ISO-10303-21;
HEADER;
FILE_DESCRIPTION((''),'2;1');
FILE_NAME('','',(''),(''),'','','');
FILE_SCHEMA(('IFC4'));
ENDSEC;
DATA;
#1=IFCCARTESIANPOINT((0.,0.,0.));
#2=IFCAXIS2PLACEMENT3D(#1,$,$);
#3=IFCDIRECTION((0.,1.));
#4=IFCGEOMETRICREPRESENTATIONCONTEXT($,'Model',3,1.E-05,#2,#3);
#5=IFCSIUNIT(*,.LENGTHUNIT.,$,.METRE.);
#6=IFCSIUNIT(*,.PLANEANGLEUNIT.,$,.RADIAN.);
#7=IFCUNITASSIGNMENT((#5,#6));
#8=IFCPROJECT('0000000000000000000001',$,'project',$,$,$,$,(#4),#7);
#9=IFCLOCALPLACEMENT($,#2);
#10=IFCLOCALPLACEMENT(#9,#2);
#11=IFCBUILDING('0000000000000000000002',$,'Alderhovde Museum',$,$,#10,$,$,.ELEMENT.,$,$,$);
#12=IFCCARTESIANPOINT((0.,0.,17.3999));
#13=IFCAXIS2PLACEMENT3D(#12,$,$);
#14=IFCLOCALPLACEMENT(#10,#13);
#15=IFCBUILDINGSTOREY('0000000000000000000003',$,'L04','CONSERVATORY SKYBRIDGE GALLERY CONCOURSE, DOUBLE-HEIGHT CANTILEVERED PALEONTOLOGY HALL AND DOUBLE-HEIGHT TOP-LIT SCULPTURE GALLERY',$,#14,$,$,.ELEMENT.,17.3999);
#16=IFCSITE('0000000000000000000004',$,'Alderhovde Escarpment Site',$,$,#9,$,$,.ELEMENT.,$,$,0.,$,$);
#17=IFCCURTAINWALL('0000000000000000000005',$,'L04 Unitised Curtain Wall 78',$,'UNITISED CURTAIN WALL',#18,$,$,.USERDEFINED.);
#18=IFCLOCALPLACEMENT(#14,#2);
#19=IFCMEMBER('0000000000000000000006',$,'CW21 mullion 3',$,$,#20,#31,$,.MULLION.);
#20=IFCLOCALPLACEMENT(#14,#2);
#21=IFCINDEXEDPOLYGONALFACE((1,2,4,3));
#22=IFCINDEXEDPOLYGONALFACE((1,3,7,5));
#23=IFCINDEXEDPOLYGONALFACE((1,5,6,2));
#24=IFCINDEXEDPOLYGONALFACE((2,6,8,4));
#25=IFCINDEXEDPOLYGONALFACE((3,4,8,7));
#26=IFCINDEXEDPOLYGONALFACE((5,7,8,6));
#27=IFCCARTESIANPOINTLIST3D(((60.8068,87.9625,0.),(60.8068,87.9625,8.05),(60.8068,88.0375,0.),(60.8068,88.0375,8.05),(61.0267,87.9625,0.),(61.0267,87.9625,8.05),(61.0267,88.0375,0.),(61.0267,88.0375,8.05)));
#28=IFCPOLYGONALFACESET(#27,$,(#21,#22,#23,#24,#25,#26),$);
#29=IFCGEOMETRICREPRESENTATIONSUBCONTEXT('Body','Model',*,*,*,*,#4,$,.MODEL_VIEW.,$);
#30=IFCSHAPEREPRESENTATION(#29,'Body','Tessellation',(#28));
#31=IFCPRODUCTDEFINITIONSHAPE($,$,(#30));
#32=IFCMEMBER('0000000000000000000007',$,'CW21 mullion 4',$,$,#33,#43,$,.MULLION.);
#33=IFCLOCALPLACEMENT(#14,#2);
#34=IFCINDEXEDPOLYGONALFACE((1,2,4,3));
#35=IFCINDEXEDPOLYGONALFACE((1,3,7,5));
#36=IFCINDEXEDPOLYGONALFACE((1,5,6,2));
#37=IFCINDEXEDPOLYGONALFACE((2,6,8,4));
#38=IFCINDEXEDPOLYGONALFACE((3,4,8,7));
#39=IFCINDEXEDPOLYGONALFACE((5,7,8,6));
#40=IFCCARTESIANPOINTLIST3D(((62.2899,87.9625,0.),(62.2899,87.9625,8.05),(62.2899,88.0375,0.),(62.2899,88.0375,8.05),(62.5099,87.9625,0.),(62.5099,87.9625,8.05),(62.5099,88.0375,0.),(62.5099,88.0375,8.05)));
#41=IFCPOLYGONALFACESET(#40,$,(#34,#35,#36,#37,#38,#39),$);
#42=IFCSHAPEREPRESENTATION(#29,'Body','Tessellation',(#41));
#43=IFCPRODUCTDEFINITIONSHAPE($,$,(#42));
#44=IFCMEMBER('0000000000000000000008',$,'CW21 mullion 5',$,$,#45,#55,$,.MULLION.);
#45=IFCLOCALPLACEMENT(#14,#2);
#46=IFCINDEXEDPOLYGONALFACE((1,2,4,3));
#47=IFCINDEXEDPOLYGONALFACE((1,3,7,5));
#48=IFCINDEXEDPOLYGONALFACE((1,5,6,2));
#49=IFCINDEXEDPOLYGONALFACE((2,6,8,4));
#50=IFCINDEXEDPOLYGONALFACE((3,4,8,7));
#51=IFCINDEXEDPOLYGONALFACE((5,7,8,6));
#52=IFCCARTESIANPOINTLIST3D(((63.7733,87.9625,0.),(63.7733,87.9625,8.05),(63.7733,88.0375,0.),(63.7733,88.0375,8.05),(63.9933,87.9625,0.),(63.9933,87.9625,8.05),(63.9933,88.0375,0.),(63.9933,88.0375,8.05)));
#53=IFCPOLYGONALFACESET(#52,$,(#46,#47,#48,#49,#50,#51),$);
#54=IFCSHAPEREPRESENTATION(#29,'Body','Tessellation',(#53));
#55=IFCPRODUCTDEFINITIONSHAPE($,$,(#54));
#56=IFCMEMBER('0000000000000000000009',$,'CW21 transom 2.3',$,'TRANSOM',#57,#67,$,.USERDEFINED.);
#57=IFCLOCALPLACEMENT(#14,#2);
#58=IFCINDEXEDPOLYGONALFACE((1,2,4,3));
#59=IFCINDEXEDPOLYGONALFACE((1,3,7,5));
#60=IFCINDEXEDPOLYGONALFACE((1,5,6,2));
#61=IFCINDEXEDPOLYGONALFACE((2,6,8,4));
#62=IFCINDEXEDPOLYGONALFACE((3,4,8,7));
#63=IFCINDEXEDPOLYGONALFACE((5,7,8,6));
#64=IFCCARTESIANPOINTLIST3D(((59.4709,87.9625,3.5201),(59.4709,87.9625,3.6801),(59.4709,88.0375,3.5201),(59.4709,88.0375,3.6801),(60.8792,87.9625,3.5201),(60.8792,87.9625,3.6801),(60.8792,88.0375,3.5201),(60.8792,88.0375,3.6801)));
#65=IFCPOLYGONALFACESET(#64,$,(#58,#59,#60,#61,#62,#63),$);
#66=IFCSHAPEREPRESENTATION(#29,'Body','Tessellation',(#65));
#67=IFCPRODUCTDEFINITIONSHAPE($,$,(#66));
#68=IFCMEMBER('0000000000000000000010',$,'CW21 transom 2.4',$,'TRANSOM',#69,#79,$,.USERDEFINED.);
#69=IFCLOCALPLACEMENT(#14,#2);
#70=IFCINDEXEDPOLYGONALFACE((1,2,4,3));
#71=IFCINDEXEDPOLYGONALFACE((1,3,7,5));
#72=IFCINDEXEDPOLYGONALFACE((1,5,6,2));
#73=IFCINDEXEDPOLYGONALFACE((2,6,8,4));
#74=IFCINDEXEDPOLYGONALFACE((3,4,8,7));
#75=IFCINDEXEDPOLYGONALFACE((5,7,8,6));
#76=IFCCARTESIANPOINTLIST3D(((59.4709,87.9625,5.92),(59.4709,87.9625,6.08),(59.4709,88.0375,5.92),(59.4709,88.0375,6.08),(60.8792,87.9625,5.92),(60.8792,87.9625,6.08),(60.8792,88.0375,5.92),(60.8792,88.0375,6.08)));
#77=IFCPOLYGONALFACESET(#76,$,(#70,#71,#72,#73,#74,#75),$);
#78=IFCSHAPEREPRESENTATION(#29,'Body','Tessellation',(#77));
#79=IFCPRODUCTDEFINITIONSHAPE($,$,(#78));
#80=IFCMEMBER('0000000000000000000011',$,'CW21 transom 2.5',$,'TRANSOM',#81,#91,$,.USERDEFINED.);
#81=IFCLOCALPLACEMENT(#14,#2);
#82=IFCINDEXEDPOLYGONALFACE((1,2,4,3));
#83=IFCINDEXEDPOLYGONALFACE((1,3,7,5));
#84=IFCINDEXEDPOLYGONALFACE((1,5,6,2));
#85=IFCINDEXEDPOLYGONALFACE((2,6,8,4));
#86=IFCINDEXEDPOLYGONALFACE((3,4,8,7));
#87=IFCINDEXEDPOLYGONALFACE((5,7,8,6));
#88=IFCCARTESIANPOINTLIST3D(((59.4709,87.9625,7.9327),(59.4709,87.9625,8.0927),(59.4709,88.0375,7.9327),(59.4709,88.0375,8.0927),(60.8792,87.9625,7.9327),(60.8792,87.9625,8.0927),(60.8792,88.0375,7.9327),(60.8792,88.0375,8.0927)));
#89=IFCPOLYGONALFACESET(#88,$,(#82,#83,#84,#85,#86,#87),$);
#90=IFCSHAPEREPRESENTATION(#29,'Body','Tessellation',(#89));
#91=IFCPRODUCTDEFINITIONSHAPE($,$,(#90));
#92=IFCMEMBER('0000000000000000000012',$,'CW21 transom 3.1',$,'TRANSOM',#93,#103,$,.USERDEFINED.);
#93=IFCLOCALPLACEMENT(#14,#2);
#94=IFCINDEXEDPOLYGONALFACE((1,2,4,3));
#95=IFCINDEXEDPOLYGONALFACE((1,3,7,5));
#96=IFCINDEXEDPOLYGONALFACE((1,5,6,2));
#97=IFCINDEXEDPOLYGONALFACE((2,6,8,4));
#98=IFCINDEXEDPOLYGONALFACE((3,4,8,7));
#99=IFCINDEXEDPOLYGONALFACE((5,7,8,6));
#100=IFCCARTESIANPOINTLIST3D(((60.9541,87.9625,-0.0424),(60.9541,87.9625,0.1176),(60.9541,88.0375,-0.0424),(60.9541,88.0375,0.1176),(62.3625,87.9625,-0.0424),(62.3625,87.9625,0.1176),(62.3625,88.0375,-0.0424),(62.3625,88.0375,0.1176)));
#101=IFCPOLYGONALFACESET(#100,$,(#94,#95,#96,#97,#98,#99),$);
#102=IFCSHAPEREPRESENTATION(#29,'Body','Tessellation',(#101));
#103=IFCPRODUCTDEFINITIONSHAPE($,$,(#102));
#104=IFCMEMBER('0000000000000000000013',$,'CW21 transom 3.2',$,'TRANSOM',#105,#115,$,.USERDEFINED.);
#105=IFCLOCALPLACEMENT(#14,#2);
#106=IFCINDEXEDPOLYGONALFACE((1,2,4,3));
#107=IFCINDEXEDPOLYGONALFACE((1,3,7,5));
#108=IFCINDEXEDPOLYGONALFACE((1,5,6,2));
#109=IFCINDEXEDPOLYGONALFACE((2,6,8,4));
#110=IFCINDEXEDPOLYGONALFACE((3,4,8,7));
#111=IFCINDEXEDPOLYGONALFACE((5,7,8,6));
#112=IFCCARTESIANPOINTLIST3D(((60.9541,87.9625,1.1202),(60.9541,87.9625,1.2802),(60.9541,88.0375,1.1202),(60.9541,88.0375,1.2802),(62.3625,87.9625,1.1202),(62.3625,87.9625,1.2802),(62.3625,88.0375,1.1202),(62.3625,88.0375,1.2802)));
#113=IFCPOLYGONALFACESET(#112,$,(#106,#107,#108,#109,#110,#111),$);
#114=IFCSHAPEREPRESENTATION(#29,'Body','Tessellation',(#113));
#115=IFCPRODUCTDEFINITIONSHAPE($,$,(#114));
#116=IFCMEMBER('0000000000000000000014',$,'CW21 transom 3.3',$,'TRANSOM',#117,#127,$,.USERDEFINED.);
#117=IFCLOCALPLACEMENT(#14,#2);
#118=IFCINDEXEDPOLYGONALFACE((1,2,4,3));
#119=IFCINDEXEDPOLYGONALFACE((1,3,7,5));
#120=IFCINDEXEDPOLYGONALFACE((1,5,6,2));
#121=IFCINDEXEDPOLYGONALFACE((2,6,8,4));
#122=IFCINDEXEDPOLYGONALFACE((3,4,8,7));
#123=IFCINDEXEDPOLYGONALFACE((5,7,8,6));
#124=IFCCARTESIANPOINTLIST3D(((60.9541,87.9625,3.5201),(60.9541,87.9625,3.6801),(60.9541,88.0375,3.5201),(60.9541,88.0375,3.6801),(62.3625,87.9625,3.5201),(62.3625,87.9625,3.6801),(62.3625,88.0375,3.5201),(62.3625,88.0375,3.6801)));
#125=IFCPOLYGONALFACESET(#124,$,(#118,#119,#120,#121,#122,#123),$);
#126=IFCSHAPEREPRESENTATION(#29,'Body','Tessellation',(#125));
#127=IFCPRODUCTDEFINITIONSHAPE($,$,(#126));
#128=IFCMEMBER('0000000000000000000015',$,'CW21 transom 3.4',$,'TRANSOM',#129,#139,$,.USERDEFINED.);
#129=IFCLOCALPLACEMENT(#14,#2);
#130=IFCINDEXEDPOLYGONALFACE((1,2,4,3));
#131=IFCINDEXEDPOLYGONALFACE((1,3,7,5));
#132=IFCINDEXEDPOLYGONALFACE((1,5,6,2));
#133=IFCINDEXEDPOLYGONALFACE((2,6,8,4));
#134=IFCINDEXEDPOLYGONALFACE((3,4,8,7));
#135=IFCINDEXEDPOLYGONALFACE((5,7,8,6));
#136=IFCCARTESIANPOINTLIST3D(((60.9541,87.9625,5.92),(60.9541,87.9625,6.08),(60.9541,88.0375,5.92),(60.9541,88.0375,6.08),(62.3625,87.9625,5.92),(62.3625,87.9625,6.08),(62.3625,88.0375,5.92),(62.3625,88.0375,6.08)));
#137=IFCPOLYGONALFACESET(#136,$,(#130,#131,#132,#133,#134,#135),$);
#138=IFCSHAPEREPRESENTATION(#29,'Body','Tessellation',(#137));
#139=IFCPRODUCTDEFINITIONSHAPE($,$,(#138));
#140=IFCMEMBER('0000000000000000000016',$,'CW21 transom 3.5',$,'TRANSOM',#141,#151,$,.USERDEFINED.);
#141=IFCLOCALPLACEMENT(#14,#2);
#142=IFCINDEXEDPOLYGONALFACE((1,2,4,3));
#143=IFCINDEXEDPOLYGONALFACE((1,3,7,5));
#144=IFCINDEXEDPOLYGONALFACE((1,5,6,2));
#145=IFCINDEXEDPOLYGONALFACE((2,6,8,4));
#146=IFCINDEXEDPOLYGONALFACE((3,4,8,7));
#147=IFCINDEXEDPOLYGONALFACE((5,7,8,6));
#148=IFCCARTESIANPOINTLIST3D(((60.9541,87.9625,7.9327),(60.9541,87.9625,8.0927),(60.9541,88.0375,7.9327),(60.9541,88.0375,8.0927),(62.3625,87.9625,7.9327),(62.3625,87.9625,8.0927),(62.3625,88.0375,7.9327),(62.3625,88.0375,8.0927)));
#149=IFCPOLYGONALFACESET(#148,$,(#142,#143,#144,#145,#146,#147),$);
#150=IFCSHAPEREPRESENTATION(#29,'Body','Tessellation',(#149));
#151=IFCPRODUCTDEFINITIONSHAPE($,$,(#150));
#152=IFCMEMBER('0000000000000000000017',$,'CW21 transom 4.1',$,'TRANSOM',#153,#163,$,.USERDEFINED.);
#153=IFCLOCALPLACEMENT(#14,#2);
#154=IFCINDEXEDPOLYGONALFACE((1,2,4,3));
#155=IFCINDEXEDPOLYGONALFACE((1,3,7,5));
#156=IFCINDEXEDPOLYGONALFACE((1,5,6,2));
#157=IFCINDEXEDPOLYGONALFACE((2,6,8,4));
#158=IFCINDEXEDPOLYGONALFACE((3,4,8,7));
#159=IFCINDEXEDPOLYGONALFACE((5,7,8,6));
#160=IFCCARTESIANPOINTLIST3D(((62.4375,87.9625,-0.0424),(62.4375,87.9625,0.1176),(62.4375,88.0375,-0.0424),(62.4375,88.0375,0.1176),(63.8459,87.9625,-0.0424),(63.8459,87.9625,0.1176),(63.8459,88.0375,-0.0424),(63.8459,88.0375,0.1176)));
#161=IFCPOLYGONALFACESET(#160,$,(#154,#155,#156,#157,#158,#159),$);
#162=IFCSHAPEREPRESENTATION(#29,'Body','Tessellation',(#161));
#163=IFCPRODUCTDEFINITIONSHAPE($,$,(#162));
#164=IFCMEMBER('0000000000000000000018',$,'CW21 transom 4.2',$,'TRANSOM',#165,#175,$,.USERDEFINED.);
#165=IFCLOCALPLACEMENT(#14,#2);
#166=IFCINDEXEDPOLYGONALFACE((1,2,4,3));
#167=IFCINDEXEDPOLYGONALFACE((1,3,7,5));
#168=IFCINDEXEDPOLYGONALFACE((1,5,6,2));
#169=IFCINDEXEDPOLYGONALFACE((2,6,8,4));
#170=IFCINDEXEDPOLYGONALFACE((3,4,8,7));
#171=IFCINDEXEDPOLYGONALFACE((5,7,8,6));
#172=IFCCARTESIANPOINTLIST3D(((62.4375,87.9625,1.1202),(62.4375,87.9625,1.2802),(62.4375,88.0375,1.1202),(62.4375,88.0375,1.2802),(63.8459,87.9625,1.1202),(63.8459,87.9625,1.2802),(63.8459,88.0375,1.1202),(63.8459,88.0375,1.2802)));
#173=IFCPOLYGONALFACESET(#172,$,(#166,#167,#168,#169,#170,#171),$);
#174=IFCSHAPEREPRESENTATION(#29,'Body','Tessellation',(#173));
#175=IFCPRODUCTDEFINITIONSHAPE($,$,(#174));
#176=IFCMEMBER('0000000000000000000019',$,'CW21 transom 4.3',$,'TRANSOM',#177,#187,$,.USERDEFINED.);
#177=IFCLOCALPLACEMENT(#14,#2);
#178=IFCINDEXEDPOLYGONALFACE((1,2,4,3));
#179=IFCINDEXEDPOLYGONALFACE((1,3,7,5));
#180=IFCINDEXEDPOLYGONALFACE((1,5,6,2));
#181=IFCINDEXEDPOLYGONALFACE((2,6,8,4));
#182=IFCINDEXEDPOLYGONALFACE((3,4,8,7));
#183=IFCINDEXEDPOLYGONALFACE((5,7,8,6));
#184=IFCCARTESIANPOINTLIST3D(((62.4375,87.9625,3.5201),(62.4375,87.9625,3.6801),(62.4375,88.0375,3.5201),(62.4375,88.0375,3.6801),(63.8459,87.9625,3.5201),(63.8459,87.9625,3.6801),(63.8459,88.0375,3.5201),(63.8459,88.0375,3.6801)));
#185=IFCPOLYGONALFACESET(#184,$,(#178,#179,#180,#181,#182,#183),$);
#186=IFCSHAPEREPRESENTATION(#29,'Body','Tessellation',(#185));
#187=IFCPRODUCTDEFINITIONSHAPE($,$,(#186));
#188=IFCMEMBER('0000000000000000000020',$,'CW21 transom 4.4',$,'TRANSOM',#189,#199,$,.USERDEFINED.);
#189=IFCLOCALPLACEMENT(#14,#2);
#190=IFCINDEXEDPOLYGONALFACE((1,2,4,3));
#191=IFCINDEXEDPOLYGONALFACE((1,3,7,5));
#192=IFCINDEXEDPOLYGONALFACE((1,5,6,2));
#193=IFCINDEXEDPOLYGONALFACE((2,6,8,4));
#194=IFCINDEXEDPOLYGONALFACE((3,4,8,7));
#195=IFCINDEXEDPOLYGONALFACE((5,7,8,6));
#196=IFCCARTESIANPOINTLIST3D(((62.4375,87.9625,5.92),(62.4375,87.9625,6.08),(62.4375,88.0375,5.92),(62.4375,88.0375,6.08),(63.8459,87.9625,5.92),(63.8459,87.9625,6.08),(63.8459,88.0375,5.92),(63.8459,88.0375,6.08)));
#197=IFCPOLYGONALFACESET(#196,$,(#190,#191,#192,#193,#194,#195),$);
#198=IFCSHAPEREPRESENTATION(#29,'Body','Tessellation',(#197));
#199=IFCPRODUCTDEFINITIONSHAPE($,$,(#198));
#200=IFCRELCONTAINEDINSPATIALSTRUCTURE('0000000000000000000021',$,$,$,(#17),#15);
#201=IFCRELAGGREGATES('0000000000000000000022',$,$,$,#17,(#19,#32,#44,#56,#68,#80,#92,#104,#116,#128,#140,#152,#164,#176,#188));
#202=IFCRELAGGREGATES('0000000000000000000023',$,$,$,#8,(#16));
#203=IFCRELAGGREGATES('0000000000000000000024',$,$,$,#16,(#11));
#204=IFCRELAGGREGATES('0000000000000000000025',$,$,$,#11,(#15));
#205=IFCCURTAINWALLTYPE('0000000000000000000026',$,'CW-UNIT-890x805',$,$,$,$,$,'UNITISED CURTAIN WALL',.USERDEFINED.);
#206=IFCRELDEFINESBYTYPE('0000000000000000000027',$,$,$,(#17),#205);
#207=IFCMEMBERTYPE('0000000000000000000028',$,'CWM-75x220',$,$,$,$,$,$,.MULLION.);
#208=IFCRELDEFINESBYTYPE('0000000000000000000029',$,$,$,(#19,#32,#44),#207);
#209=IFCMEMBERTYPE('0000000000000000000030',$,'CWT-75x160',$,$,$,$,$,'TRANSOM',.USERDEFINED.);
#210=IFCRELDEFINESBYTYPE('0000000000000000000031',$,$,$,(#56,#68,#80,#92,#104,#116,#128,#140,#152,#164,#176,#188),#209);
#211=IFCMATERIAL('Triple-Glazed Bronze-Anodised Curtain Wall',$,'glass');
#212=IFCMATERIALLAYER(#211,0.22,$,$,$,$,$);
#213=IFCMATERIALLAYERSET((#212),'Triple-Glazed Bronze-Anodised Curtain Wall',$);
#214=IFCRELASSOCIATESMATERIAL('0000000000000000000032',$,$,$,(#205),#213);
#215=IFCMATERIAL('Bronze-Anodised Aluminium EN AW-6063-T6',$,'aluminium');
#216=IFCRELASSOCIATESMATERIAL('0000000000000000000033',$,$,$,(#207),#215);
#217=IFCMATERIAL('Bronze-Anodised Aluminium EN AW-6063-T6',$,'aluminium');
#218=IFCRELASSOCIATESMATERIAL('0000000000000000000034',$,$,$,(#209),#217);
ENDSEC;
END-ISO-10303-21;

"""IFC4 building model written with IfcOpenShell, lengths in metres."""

from ifc_helpers import new_model, si_unit, direction, frame, origin, origin_2d, place, context, subcontext, project, spatial, rectangle, extrude, material, layer, layer_set, material_profile, profile_set, type_object, element, aggregate, save


model = new_model("IFC4")

# Units and contexts
model_context = context("Model", 3, precision=1e-05, world=origin(), true_north=direction((0.0, 1.0)))
body_context = subcontext(model_context, "Body", "Model", "MODEL_VIEW")
ifc_project = project(units=[si_unit("LENGTHUNIT", "METRE"), si_unit("PLANEANGLEUNIT", "RADIAN")], contexts=[model_context])

# Site, building, storey
site_placement = place(None, origin())
site = spatial("IfcSite", under=ifc_project, at=site_placement, Name="Alderhovde Escarpment Site", CompositionType="ELEMENT", RefElevation=0.0)
building_placement = place(site_placement, origin())
building = spatial("IfcBuilding", under=site, at=building_placement, Name="Alderhovde Museum", CompositionType="ELEMENT")
storey_placement = place(building_placement, frame((0.0, 0.0, 17.3999)))
storey = spatial("IfcBuildingStorey", under=building, at=storey_placement, Name="L04", Description="CONSERVATORY SKYBRIDGE GALLERY CONCOURSE, DOUBLE-HEIGHT CANTILEVERED PALEONTOLOGY HALL AND DOUBLE-HEIGHT TOP-LIT SCULPTURE GALLERY", CompositionType="ELEMENT", Elevation=17.3999)

# Curtain wall, members
ifc_material_1 = material(Name="Triple-Glazed Bronze-Anodised Curtain Wall", Category="glass")
ifc_layer_1 = layer(ifc_material_1, 0.22)
ifc_layer_set_1 = layer_set([ifc_layer_1], Name="Triple-Glazed Bronze-Anodised Curtain Wall")
curtain_wall_type = type_object("IfcCurtainWallType", Name="CW-UNIT-890x805", ElementType="UNITISED CURTAIN WALL", PredefinedType="USERDEFINED", material=ifc_layer_set_1)
curtain_wall_placement = place(storey_placement, origin())
curtain_wall = element("IfcCurtainWall", 1, at=curtain_wall_placement, inside=storey, type_object=curtain_wall_type, Name="L04 Unitised Curtain Wall 78", ObjectType="UNITISED CURTAIN WALL", PredefinedType="USERDEFINED")
ifc_material_2 = material(Name="Bronze-Anodised Aluminium EN AW-6063-T6", Category="aluminium")
ifc_material_profile_1 = material_profile(ifc_material_2, rectangle(XDim=0.075, YDim=0.22, at=origin_2d()), Name="MULLION 75x220")
ifc_profile_set_1 = profile_set([ifc_material_profile_1], Name="Bronze-Anodised Aluminium EN AW-6063-T6")
member_type_1 = type_object("IfcMemberType", Name="CWM-75x220", PredefinedType="MULLION", material=ifc_profile_set_1)
member_1_placement = place(storey_placement, frame((60.9167, 88.0, 0.0), z_axis=(0.0, 0.0, 1.0), x_axis=(0.0, 1.0, 0.0)))
member_1 = element("IfcMember", 2, at=member_1_placement, type_object=member_type_1, Name="CW21 mullion 3", PredefinedType="MULLION", context=body_context, shape_type="SweptSolid", body=[
    extrude(rectangle(XDim=0.075, YDim=0.22, at=origin_2d()), origin(), (0.0, 0.0, 1.0), 8.05),
])
member_2_placement = place(storey_placement, frame((62.3999, 88.0, 0.0), z_axis=(0.0, 0.0, 1.0), x_axis=(0.0, 1.0, 0.0)))
member_2 = element("IfcMember", 3, at=member_2_placement, type_object=member_type_1, Name="CW21 mullion 4", PredefinedType="MULLION", context=body_context, shape_type="SweptSolid", body=[
    extrude(rectangle(XDim=0.075, YDim=0.22, at=origin_2d()), origin(), (0.0, 0.0, 1.0), 8.05),
])
member_3_placement = place(storey_placement, frame((63.8833, 88.0, 0.0), z_axis=(0.0, 0.0, 1.0), x_axis=(0.0, 1.0, 0.0)))
member_3 = element("IfcMember", 4, at=member_3_placement, type_object=member_type_1, Name="CW21 mullion 5", PredefinedType="MULLION", context=body_context, shape_type="SweptSolid", body=[
    extrude(rectangle(XDim=0.075, YDim=0.22, at=origin_2d()), origin(), (0.0, 0.0, 1.0), 8.05),
])
ifc_material_3 = material(Name="Bronze-Anodised Aluminium EN AW-6063-T6", Category="aluminium")
ifc_material_profile_2 = material_profile(ifc_material_3, rectangle(XDim=0.075, YDim=0.1599, at=origin_2d()), Name="TRANSOM 75x160")
ifc_profile_set_2 = profile_set([ifc_material_profile_2], Name="Bronze-Anodised Aluminium EN AW-6063-T6")
member_type_2 = type_object("IfcMemberType", Name="CWT-75x160", ElementType="TRANSOM", PredefinedType="USERDEFINED", material=ifc_profile_set_2)
member_4_placement = place(storey_placement, frame((59.4709, 88.0, 3.6001), z_axis=(1.0, 0.0, 0.0), x_axis=(0.0, 1.0, 0.0)))
member_4 = element("IfcMember", 5, at=member_4_placement, type_object=member_type_2, Name="CW21 transom 2.3", ObjectType="TRANSOM", PredefinedType="USERDEFINED", context=body_context, shape_type="SweptSolid", body=[
    extrude(rectangle(XDim=0.075, YDim=0.1599, at=origin_2d()), origin(), (0.0, 0.0, 1.0), 1.4082),
])
member_5_placement = place(storey_placement, frame((59.4709, 88.0, 6.0), z_axis=(1.0, 0.0, 0.0), x_axis=(0.0, 1.0, 0.0)))
member_5 = element("IfcMember", 6, at=member_5_placement, type_object=member_type_2, Name="CW21 transom 2.4", ObjectType="TRANSOM", PredefinedType="USERDEFINED", context=body_context, shape_type="SweptSolid", body=[
    extrude(rectangle(XDim=0.075, YDim=0.1599, at=origin_2d()), origin(), (0.0, 0.0, 1.0), 1.4082),
])
member_6_placement = place(storey_placement, frame((59.4709, 88.0, 8.0127), z_axis=(1.0, 0.0, 0.0), x_axis=(0.0, 1.0, 0.0)))
member_6 = element("IfcMember", 7, at=member_6_placement, type_object=member_type_2, Name="CW21 transom 2.5", ObjectType="TRANSOM", PredefinedType="USERDEFINED", context=body_context, shape_type="SweptSolid", body=[
    extrude(rectangle(XDim=0.075, YDim=0.1599, at=origin_2d()), origin(), (0.0, 0.0, 1.0), 1.4082),
])
member_7_placement = place(storey_placement, frame((60.9541, 88.0, 0.0376), z_axis=(1.0, 0.0, 0.0), x_axis=(0.0, 1.0, 0.0)))
member_7 = element("IfcMember", 8, at=member_7_placement, type_object=member_type_2, Name="CW21 transom 3.1", ObjectType="TRANSOM", PredefinedType="USERDEFINED", context=body_context, shape_type="SweptSolid", body=[
    extrude(rectangle(XDim=0.075, YDim=0.1599, at=origin_2d()), origin(), (0.0, 0.0, 1.0), 1.4084),
])
member_8_placement = place(storey_placement, frame((60.9541, 88.0, 1.2002), z_axis=(1.0, 0.0, 0.0), x_axis=(0.0, 1.0, 0.0)))
member_8 = element("IfcMember", 9, at=member_8_placement, type_object=member_type_2, Name="CW21 transom 3.2", ObjectType="TRANSOM", PredefinedType="USERDEFINED", context=body_context, shape_type="SweptSolid", body=[
    extrude(rectangle(XDim=0.075, YDim=0.1599, at=origin_2d()), origin(), (0.0, 0.0, 1.0), 1.4084),
])
member_9_placement = place(storey_placement, frame((60.9541, 88.0, 3.6001), z_axis=(1.0, 0.0, 0.0), x_axis=(0.0, 1.0, 0.0)))
member_9 = element("IfcMember", 10, at=member_9_placement, type_object=member_type_2, Name="CW21 transom 3.3", ObjectType="TRANSOM", PredefinedType="USERDEFINED", context=body_context, shape_type="SweptSolid", body=[
    extrude(rectangle(XDim=0.075, YDim=0.1599, at=origin_2d()), origin(), (0.0, 0.0, 1.0), 1.4084),
])
member_10_placement = place(storey_placement, frame((60.9541, 88.0, 6.0), z_axis=(1.0, 0.0, 0.0), x_axis=(0.0, 1.0, 0.0)))
member_10 = element("IfcMember", 11, at=member_10_placement, type_object=member_type_2, Name="CW21 transom 3.4", ObjectType="TRANSOM", PredefinedType="USERDEFINED", context=body_context, shape_type="SweptSolid", body=[
    extrude(rectangle(XDim=0.075, YDim=0.1599, at=origin_2d()), origin(), (0.0, 0.0, 1.0), 1.4084),
])
member_11_placement = place(storey_placement, frame((60.9541, 88.0, 8.0127), z_axis=(1.0, 0.0, 0.0), x_axis=(0.0, 1.0, 0.0)))
member_11 = element("IfcMember", 12, at=member_11_placement, type_object=member_type_2, Name="CW21 transom 3.5", ObjectType="TRANSOM", PredefinedType="USERDEFINED", context=body_context, shape_type="SweptSolid", body=[
    extrude(rectangle(XDim=0.075, YDim=0.1599, at=origin_2d()), origin(), (0.0, 0.0, 1.0), 1.4084),
])
member_12_placement = place(storey_placement, frame((62.4375, 88.0, 0.0376), z_axis=(1.0, 0.0, 0.0), x_axis=(0.0, 1.0, 0.0)))
member_12 = element("IfcMember", 13, at=member_12_placement, type_object=member_type_2, Name="CW21 transom 4.1", ObjectType="TRANSOM", PredefinedType="USERDEFINED", context=body_context, shape_type="SweptSolid", body=[
    extrude(rectangle(XDim=0.075, YDim=0.1599, at=origin_2d()), origin(), (0.0, 0.0, 1.0), 1.4084),
])
member_13_placement = place(storey_placement, frame((62.4375, 88.0, 1.2002), z_axis=(1.0, 0.0, 0.0), x_axis=(0.0, 1.0, 0.0)))
member_13 = element("IfcMember", 14, at=member_13_placement, type_object=member_type_2, Name="CW21 transom 4.2", ObjectType="TRANSOM", PredefinedType="USERDEFINED", context=body_context, shape_type="SweptSolid", body=[
    extrude(rectangle(XDim=0.075, YDim=0.1599, at=origin_2d()), origin(), (0.0, 0.0, 1.0), 1.4084),
])
member_14_placement = place(storey_placement, frame((62.4375, 88.0, 3.6001), z_axis=(1.0, 0.0, 0.0), x_axis=(0.0, 1.0, 0.0)))
member_14 = element("IfcMember", 15, at=member_14_placement, type_object=member_type_2, Name="CW21 transom 4.3", ObjectType="TRANSOM", PredefinedType="USERDEFINED", context=body_context, shape_type="SweptSolid", body=[
    extrude(rectangle(XDim=0.075, YDim=0.1599, at=origin_2d()), origin(), (0.0, 0.0, 1.0), 1.4084),
])
member_15_placement = place(storey_placement, frame((62.4375, 88.0, 6.0), z_axis=(1.0, 0.0, 0.0), x_axis=(0.0, 1.0, 0.0)))
member_15 = element("IfcMember", 16, at=member_15_placement, type_object=member_type_2, Name="CW21 transom 4.4", ObjectType="TRANSOM", PredefinedType="USERDEFINED", context=body_context, shape_type="SweptSolid", body=[
    extrude(rectangle(XDim=0.075, YDim=0.1599, at=origin_2d()), origin(), (0.0, 0.0, 1.0), 1.4084),
])
aggregate(curtain_wall, [member_1, member_2, member_3, member_4, member_5, member_6, member_7, member_8, member_9, member_10, member_11, member_12, member_13, member_14, member_15])

save(model, "model.ifc")
